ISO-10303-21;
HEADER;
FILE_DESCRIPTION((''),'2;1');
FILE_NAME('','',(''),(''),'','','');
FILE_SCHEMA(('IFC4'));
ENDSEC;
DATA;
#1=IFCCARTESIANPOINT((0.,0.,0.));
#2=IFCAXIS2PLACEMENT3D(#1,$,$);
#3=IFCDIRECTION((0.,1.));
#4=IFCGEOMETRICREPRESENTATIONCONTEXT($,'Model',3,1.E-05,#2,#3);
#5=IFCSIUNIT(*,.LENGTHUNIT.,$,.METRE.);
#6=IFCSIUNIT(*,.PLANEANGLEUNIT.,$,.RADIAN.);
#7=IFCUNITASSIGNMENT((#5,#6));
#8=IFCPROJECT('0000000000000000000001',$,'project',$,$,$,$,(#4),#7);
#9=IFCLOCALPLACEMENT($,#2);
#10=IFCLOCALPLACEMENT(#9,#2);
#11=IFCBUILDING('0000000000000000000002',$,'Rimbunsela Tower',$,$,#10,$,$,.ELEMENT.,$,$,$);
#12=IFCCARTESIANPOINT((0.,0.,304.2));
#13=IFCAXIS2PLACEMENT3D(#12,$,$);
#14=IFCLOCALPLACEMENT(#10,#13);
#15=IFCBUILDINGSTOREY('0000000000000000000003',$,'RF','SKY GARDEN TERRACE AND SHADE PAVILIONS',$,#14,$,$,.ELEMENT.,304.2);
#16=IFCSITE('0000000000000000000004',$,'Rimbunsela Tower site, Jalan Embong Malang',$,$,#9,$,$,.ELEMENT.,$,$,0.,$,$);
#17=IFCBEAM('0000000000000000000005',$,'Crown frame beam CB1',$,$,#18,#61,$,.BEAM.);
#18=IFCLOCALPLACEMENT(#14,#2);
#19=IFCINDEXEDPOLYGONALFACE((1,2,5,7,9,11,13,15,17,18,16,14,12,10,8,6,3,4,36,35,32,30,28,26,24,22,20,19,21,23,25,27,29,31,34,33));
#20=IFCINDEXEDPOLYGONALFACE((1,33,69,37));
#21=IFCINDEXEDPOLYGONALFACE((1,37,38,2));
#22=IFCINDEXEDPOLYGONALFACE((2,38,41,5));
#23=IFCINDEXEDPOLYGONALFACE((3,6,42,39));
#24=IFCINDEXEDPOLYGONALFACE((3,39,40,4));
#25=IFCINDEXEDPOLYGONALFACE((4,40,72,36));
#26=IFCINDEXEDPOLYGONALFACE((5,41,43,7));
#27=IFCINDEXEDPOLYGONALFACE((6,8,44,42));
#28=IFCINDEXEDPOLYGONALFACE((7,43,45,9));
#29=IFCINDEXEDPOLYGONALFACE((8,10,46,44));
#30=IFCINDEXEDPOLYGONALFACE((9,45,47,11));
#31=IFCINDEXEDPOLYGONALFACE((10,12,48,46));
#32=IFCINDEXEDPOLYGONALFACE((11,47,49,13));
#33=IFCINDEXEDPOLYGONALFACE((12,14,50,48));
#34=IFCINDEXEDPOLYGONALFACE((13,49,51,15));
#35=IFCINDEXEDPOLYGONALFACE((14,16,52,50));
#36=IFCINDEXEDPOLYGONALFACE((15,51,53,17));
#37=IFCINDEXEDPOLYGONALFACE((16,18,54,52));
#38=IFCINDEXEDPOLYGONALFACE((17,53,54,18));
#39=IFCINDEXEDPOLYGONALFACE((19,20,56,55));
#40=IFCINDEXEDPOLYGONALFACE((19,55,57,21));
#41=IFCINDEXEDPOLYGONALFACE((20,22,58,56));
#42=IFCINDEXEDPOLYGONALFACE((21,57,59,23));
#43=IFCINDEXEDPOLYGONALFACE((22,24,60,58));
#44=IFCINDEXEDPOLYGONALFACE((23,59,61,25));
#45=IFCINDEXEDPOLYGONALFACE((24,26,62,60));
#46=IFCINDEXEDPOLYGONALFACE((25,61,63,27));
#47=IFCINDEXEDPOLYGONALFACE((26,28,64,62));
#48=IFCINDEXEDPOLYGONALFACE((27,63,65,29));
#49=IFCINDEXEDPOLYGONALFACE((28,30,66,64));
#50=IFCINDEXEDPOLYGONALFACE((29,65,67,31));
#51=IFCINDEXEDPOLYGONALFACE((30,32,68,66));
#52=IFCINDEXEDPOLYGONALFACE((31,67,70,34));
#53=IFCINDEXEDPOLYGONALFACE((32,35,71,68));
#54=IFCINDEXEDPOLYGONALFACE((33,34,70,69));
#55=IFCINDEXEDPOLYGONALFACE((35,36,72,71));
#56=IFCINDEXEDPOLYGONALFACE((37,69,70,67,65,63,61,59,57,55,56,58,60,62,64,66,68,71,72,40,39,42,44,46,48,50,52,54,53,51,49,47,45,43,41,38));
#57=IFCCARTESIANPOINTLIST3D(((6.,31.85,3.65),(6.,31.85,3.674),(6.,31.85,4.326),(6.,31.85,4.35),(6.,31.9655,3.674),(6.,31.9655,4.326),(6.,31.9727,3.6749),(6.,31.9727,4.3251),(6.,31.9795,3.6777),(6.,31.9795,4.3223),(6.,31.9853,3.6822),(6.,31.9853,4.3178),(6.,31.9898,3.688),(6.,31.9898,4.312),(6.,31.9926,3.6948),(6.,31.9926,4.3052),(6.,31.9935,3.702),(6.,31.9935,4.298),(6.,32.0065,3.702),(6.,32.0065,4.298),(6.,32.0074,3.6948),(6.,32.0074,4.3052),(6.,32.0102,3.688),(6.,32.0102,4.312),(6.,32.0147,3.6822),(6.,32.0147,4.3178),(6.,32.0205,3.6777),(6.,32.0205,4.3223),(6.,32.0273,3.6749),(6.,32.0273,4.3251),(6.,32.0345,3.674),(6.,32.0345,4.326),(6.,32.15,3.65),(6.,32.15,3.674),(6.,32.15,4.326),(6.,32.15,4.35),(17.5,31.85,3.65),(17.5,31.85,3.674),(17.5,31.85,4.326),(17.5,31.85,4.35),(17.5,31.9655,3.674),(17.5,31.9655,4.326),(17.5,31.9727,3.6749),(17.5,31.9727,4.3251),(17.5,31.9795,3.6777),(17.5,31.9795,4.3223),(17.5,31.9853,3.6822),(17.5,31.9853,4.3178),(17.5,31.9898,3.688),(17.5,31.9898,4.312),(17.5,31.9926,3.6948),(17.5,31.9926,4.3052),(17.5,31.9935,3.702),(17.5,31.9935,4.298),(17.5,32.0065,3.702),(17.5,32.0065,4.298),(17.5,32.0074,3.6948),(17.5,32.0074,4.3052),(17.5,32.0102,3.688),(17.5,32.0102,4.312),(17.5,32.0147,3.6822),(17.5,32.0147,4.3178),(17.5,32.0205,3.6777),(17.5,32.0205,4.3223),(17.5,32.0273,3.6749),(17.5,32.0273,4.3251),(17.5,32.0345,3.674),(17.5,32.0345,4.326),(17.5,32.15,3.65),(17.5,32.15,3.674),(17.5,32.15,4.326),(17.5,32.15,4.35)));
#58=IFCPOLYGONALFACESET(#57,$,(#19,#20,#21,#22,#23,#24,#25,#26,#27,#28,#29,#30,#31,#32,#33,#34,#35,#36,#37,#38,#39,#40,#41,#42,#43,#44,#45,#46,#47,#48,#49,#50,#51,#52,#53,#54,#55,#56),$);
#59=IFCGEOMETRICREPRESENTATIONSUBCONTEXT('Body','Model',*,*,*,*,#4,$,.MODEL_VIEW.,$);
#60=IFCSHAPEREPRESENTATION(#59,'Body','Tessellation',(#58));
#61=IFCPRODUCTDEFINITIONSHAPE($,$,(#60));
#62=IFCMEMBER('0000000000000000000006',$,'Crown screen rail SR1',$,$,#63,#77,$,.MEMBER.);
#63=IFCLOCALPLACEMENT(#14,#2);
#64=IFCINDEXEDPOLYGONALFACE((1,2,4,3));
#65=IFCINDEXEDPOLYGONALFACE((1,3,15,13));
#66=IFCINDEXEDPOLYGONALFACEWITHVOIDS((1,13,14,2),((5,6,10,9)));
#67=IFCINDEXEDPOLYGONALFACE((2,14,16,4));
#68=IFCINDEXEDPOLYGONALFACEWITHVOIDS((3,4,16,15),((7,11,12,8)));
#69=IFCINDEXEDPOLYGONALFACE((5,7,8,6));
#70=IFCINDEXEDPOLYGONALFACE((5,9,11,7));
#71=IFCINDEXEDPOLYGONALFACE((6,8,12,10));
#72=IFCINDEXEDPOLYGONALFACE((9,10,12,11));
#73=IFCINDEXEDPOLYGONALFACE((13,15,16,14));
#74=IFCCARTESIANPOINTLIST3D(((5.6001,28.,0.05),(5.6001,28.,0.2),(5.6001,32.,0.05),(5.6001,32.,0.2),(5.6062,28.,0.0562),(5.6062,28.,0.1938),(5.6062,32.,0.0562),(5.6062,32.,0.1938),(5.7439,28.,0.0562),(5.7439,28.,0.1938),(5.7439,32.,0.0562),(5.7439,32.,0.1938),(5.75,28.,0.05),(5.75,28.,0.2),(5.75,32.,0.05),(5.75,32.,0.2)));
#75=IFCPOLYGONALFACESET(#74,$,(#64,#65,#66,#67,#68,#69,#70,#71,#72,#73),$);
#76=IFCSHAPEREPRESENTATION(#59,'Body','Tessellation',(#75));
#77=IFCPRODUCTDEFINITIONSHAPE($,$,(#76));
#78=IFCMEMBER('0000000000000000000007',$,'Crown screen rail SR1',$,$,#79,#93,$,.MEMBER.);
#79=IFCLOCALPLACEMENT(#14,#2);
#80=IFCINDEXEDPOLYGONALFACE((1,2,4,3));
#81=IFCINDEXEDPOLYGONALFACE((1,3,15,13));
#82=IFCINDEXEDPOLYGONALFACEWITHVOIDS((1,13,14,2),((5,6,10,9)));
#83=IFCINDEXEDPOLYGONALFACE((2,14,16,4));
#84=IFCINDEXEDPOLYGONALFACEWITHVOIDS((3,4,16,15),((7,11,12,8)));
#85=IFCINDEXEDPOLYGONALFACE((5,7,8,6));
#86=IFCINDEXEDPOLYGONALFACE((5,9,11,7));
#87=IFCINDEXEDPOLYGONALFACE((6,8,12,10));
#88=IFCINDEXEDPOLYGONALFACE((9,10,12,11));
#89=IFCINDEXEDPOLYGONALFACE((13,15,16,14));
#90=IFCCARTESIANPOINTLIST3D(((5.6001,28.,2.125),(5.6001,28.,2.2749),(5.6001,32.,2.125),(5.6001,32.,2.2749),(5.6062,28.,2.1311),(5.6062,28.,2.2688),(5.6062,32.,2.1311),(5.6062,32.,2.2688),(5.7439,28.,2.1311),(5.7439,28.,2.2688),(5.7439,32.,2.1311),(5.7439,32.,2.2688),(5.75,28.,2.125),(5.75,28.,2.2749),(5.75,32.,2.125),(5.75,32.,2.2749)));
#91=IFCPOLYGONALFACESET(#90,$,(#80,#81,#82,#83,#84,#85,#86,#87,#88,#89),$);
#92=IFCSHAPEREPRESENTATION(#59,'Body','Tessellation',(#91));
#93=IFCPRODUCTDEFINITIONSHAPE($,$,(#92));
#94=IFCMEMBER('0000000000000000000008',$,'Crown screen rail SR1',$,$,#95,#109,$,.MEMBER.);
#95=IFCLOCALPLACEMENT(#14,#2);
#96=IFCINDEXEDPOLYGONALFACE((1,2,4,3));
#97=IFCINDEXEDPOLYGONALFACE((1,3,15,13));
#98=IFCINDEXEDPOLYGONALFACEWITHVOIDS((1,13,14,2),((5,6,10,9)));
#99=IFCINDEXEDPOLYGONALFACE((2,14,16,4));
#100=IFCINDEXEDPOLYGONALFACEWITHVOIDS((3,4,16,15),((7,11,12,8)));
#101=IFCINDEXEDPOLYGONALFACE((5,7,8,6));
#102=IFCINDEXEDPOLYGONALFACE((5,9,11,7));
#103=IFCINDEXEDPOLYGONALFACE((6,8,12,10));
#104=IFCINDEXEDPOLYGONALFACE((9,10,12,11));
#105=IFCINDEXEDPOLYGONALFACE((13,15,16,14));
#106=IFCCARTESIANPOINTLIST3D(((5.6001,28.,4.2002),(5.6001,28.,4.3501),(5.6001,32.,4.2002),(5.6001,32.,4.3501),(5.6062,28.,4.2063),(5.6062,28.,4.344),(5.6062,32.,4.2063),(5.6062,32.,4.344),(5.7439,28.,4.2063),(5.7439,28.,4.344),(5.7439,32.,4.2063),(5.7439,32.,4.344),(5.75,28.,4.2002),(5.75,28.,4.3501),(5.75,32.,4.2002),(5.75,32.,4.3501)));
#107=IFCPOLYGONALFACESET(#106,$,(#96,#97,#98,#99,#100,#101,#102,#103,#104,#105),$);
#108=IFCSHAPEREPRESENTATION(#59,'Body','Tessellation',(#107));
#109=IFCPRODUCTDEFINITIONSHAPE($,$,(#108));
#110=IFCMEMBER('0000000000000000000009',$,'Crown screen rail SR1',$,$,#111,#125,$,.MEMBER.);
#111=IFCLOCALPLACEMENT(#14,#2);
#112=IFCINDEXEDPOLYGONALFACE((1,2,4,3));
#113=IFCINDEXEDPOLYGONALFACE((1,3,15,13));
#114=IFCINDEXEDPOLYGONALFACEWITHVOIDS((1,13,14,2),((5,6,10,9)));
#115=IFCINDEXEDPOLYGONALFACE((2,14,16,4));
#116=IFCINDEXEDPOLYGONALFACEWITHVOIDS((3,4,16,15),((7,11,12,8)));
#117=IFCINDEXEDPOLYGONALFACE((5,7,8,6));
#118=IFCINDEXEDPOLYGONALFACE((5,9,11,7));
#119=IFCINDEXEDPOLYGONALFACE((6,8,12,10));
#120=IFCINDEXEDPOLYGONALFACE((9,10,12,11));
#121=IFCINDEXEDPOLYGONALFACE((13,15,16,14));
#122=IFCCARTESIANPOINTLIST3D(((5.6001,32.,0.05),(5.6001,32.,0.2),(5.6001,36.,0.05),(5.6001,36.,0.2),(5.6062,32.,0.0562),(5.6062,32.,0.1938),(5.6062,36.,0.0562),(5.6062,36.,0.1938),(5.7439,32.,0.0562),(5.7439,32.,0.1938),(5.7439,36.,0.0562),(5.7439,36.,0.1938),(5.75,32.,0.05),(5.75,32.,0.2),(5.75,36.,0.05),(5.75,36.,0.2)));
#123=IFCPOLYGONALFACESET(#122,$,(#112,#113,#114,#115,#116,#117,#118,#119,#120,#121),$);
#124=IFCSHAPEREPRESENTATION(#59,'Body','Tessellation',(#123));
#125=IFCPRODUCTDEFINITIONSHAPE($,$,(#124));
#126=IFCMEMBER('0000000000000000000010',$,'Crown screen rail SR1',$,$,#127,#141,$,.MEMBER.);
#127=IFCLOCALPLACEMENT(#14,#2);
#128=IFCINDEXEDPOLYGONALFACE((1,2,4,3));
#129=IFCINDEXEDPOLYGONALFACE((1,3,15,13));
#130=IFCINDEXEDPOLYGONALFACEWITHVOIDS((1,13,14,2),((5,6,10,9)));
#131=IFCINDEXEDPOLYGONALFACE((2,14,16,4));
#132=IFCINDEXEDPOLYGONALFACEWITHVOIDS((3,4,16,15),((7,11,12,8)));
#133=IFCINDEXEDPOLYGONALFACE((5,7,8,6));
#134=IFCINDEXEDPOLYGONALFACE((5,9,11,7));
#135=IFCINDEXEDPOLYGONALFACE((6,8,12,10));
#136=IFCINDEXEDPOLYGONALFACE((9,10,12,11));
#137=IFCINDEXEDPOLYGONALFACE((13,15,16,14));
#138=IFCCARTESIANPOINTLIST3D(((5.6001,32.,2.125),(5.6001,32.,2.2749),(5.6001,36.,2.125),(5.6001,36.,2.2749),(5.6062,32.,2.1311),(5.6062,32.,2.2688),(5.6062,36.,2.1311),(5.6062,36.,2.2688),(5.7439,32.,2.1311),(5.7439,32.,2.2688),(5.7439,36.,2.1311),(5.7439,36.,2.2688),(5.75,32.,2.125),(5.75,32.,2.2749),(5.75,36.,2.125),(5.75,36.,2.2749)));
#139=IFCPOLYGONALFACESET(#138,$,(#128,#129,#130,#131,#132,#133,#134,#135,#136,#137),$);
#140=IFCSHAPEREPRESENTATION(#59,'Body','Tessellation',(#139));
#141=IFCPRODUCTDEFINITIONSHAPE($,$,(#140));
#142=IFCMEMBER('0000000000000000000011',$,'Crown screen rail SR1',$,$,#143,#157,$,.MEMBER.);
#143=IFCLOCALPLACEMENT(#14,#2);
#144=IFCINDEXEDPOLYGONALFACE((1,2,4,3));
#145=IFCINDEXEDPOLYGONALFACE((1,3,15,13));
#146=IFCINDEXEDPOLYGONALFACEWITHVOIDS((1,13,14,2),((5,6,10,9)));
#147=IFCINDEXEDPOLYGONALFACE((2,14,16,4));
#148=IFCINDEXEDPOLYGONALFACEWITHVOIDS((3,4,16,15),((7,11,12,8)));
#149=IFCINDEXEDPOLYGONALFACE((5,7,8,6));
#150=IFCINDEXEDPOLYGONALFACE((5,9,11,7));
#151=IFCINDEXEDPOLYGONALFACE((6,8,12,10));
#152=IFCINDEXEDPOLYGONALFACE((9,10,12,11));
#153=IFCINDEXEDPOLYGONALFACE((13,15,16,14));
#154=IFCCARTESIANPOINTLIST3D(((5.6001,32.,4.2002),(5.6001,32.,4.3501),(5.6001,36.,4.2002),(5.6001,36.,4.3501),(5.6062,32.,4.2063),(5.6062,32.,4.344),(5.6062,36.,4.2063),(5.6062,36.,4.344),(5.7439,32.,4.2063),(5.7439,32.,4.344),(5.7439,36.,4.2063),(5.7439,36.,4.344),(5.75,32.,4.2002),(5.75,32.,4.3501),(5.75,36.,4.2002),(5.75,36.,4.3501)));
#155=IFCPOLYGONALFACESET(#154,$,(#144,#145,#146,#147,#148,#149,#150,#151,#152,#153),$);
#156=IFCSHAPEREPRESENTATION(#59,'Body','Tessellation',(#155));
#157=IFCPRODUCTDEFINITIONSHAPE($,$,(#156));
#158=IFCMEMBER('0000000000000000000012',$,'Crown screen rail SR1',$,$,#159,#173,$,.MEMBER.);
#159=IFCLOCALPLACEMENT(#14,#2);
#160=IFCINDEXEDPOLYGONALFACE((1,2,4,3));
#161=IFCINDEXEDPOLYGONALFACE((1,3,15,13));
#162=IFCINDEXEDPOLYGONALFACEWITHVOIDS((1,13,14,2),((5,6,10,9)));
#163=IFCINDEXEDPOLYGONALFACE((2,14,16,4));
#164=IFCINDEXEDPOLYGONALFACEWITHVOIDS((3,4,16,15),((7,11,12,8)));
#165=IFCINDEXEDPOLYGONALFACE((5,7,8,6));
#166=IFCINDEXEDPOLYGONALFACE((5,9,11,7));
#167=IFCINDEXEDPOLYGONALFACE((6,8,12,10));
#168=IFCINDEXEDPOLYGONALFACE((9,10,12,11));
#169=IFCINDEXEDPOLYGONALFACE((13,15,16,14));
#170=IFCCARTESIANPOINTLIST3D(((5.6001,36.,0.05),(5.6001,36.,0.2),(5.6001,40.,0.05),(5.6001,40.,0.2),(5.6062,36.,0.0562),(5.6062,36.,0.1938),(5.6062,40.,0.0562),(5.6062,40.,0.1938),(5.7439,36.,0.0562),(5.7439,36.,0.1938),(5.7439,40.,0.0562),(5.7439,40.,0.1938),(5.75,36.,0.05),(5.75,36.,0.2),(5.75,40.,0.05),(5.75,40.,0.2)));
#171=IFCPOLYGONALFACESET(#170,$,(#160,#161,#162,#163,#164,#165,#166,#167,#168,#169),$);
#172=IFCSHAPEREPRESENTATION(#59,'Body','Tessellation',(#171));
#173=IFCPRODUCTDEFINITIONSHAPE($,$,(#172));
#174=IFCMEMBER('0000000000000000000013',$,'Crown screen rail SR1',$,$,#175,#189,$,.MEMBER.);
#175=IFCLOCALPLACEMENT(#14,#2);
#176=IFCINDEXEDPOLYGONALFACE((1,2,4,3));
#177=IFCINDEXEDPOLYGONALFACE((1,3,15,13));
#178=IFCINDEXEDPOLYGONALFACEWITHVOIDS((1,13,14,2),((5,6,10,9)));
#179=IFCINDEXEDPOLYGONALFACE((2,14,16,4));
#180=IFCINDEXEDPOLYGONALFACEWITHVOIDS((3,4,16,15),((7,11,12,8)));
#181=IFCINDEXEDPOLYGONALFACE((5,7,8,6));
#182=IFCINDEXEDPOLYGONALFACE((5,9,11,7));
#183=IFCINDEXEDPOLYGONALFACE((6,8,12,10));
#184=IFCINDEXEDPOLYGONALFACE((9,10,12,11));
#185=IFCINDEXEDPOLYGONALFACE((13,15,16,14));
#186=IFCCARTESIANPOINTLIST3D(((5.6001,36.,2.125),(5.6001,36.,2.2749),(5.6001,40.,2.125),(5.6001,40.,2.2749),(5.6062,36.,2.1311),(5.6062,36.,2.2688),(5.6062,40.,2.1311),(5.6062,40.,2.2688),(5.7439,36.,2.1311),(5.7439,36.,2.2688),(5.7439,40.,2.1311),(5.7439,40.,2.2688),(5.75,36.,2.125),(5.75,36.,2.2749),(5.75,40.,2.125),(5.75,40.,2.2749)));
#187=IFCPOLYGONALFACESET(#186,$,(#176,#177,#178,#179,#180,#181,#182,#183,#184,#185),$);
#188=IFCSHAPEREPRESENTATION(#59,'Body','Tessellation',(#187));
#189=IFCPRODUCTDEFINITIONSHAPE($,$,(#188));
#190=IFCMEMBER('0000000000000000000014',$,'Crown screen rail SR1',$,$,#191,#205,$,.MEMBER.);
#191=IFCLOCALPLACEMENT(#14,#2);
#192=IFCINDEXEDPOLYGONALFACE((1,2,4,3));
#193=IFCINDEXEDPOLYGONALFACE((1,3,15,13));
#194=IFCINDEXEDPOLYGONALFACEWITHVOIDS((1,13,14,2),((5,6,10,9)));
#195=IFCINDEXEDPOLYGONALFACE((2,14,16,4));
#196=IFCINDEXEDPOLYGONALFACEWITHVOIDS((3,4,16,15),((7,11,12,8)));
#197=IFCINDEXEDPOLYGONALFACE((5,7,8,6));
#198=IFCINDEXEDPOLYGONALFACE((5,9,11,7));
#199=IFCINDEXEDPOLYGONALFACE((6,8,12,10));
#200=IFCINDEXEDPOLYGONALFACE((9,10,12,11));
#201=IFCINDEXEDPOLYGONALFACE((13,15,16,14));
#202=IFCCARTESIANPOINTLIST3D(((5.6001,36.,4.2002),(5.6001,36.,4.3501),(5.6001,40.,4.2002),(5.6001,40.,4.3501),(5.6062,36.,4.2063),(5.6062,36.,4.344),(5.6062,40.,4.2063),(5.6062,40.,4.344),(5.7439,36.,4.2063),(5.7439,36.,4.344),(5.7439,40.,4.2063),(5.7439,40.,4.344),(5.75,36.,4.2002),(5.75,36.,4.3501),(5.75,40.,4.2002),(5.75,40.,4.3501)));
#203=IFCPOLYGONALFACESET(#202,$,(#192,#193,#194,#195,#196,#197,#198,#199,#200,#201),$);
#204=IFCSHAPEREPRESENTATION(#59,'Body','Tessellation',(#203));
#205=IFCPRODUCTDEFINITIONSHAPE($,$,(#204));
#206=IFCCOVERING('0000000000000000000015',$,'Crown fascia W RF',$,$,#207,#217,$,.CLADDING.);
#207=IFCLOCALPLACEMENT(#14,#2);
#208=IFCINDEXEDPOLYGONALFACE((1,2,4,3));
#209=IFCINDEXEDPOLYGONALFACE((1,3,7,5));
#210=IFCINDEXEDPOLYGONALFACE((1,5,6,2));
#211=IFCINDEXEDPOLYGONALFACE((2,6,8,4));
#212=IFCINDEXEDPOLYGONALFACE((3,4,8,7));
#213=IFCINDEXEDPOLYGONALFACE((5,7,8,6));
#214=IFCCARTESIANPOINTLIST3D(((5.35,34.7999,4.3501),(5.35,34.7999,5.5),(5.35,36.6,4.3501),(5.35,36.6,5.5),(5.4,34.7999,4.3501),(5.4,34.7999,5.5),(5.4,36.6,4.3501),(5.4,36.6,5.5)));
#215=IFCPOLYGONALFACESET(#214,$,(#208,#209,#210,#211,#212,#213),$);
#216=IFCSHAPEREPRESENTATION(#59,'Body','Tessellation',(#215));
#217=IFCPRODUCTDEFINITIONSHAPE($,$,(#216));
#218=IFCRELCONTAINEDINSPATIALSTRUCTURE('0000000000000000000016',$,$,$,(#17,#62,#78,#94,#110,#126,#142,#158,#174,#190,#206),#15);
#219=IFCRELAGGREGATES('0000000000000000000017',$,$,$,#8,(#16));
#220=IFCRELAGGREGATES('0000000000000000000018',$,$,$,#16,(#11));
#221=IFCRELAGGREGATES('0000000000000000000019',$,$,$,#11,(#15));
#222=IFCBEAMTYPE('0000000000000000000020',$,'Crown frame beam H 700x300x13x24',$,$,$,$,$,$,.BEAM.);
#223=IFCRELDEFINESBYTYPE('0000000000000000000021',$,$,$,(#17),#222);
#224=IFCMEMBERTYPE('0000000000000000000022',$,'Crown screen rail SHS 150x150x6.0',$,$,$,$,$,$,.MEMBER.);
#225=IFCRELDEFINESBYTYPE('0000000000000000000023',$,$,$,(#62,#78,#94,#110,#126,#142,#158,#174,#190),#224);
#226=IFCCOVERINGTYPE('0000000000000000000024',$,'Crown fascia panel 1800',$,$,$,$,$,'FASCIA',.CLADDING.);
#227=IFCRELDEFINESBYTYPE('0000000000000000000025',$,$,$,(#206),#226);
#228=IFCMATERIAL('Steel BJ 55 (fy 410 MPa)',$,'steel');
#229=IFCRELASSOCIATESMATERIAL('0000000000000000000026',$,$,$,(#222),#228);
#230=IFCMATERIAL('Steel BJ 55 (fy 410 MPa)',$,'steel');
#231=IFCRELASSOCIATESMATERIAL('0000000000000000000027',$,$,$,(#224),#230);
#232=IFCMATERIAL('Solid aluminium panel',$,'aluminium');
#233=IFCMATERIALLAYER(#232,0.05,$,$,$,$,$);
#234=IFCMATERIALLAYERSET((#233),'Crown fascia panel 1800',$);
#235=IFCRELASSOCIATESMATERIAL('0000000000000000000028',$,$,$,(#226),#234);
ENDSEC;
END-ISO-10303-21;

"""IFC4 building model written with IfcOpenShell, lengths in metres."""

from ifc_helpers import new_model, si_unit, direction, frame, origin, origin_2d, place, context, subcontext, project, spatial, rectangle, hollow_rectangle, i_section, extrude, material, layer, layer_set, material_profile, profile_set, type_object, element, save


model = new_model("IFC4")

# Units and contexts
model_context = context("Model", 3, precision=1e-05, world=origin(), true_north=direction((0.0, 1.0)))
body_context = subcontext(model_context, "Body", "Model", "MODEL_VIEW")
ifc_project = project(units=[si_unit("LENGTHUNIT", "METRE"), si_unit("PLANEANGLEUNIT", "RADIAN")], contexts=[model_context])

# Site, building, storey
site_placement = place(None, origin())
site = spatial("IfcSite", under=ifc_project, at=site_placement, Name="Rimbunsela Tower site, Jalan Embong Malang", CompositionType="ELEMENT", RefElevation=0.0)
building_placement = place(site_placement, origin())
building = spatial("IfcBuilding", under=site, at=building_placement, Name="Rimbunsela Tower", CompositionType="ELEMENT")
storey_placement = place(building_placement, frame((0.0, 0.0, 304.2)))
storey = spatial("IfcBuildingStorey", under=building, at=storey_placement, Name="RF", Description="SKY GARDEN TERRACE AND SHADE PAVILIONS", CompositionType="ELEMENT", Elevation=304.2)

# Beam
ifc_material_1 = material(Name="Steel BJ 55 (fy 410 MPa)", Category="steel")
ifc_material_profile_1 = material_profile(ifc_material_1, i_section(OverallWidth=0.3, OverallDepth=0.7, WebThickness=0.0129, FlangeThickness=0.0239, FilletRadius=0.0281, at=origin_2d()), Name="H 700x300x13x24")
ifc_profile_set_1 = profile_set([ifc_material_profile_1], Name="Steel BJ 55 (fy 410 MPa)")
beam_type_1 = type_object("IfcBeamType", Name="Crown frame beam H 700x300x13x24", PredefinedType="BEAM", material=ifc_profile_set_1)
for number, where, z_axis, x_axis, name in (
    (1, (6.0, 32.0, 4.0), (1.0, 0.0, 0.0), (0.0, 1.0, 0.0), "Crown frame beam CB1"),
):
    element("IfcBeam", number, at=place(storey_placement, frame(where, z_axis=z_axis, x_axis=x_axis)), inside=storey, type_object=beam_type_1, Name=name, PredefinedType="BEAM", context=body_context, shape_type="SweptSolid", body=[
        extrude(i_section(OverallWidth=0.3, OverallDepth=0.7, WebThickness=0.0129, FlangeThickness=0.0239, FilletRadius=0.0281, at=origin_2d()), origin(), (0.0, 0.0, 1.0), 11.5),
    ])

# Members
ifc_material_2 = material(Name="Steel BJ 55 (fy 410 MPa)", Category="steel")
ifc_material_profile_2 = material_profile(ifc_material_2, hollow_rectangle(XDim=0.1499, YDim=0.1499, WallThickness=0.0061, at=origin_2d()), Name="SHS 150x150x6.0")
ifc_profile_set_2 = profile_set([ifc_material_profile_2], Name="Steel BJ 55 (fy 410 MPa)")
member_type = type_object("IfcMemberType", Name="Crown screen rail SHS 150x150x6.0", PredefinedType="MEMBER", material=ifc_profile_set_2)
for number, where, z_axis, x_axis, name in (
    (2, (5.675, 28.0, 0.125), (0.0, 1.0, 0.0), (-1.0, 0.0, 0.0), "Crown screen rail SR1"),
    (3, (5.675, 28.0, 2.2), (0.0, 1.0, 0.0), (-1.0, 0.0, 0.0), "Crown screen rail SR1"),
    (4, (5.675, 28.0, 4.2751), (0.0, 1.0, 0.0), (-1.0, 0.0, 0.0), "Crown screen rail SR1"),
    (5, (5.675, 32.0, 0.125), (0.0, 1.0, 0.0), (-1.0, 0.0, 0.0), "Crown screen rail SR1"),
    (6, (5.675, 32.0, 2.2), (0.0, 1.0, 0.0), (-1.0, 0.0, 0.0), "Crown screen rail SR1"),
    (7, (5.675, 32.0, 4.2751), (0.0, 1.0, 0.0), (-1.0, 0.0, 0.0), "Crown screen rail SR1"),
    (8, (5.675, 36.0, 0.125), (0.0, 1.0, 0.0), (-1.0, 0.0, 0.0), "Crown screen rail SR1"),
    (9, (5.675, 36.0, 2.2), (0.0, 1.0, 0.0), (-1.0, 0.0, 0.0), "Crown screen rail SR1"),
    (10, (5.675, 36.0, 4.2751), (0.0, 1.0, 0.0), (-1.0, 0.0, 0.0), "Crown screen rail SR1"),
):
    element("IfcMember", number, at=place(storey_placement, frame(where, z_axis=z_axis, x_axis=x_axis)), inside=storey, type_object=member_type, Name=name, PredefinedType="MEMBER", context=body_context, shape_type="SweptSolid", body=[
        extrude(hollow_rectangle(XDim=0.1499, YDim=0.1499, WallThickness=0.0061, at=origin_2d()), origin(), (0.0, 0.0, 1.0), 4.0),
    ])

# Covering
ifc_material_3 = material(Name="Solid aluminium panel", Category="aluminium")
ifc_layer_1 = layer(ifc_material_3, 0.05)
ifc_layer_set_1 = layer_set([ifc_layer_1], Name="Crown fascia panel 1800")
covering_type = type_object("IfcCoveringType", Name="Crown fascia panel 1800", ElementType="FASCIA", PredefinedType="CLADDING", material=ifc_layer_set_1)
for number, where, z_axis, x_axis, name in (
    (11, (5.375, 35.7, 4.3501), (0.0, 0.0, 1.0), (0.0, 1.0, 0.0), "Crown fascia W RF"),
):
    element("IfcCovering", number, at=place(storey_placement, frame(where, z_axis=z_axis, x_axis=x_axis)), inside=storey, type_object=covering_type, Name=name, PredefinedType="CLADDING", context=body_context, shape_type="SweptSolid", body=[
        extrude(rectangle(XDim=1.8, YDim=0.05, at=origin_2d()), origin(), (0.0, 0.0, 1.0), 1.1499),
    ])

save(model, "model.ifc")
